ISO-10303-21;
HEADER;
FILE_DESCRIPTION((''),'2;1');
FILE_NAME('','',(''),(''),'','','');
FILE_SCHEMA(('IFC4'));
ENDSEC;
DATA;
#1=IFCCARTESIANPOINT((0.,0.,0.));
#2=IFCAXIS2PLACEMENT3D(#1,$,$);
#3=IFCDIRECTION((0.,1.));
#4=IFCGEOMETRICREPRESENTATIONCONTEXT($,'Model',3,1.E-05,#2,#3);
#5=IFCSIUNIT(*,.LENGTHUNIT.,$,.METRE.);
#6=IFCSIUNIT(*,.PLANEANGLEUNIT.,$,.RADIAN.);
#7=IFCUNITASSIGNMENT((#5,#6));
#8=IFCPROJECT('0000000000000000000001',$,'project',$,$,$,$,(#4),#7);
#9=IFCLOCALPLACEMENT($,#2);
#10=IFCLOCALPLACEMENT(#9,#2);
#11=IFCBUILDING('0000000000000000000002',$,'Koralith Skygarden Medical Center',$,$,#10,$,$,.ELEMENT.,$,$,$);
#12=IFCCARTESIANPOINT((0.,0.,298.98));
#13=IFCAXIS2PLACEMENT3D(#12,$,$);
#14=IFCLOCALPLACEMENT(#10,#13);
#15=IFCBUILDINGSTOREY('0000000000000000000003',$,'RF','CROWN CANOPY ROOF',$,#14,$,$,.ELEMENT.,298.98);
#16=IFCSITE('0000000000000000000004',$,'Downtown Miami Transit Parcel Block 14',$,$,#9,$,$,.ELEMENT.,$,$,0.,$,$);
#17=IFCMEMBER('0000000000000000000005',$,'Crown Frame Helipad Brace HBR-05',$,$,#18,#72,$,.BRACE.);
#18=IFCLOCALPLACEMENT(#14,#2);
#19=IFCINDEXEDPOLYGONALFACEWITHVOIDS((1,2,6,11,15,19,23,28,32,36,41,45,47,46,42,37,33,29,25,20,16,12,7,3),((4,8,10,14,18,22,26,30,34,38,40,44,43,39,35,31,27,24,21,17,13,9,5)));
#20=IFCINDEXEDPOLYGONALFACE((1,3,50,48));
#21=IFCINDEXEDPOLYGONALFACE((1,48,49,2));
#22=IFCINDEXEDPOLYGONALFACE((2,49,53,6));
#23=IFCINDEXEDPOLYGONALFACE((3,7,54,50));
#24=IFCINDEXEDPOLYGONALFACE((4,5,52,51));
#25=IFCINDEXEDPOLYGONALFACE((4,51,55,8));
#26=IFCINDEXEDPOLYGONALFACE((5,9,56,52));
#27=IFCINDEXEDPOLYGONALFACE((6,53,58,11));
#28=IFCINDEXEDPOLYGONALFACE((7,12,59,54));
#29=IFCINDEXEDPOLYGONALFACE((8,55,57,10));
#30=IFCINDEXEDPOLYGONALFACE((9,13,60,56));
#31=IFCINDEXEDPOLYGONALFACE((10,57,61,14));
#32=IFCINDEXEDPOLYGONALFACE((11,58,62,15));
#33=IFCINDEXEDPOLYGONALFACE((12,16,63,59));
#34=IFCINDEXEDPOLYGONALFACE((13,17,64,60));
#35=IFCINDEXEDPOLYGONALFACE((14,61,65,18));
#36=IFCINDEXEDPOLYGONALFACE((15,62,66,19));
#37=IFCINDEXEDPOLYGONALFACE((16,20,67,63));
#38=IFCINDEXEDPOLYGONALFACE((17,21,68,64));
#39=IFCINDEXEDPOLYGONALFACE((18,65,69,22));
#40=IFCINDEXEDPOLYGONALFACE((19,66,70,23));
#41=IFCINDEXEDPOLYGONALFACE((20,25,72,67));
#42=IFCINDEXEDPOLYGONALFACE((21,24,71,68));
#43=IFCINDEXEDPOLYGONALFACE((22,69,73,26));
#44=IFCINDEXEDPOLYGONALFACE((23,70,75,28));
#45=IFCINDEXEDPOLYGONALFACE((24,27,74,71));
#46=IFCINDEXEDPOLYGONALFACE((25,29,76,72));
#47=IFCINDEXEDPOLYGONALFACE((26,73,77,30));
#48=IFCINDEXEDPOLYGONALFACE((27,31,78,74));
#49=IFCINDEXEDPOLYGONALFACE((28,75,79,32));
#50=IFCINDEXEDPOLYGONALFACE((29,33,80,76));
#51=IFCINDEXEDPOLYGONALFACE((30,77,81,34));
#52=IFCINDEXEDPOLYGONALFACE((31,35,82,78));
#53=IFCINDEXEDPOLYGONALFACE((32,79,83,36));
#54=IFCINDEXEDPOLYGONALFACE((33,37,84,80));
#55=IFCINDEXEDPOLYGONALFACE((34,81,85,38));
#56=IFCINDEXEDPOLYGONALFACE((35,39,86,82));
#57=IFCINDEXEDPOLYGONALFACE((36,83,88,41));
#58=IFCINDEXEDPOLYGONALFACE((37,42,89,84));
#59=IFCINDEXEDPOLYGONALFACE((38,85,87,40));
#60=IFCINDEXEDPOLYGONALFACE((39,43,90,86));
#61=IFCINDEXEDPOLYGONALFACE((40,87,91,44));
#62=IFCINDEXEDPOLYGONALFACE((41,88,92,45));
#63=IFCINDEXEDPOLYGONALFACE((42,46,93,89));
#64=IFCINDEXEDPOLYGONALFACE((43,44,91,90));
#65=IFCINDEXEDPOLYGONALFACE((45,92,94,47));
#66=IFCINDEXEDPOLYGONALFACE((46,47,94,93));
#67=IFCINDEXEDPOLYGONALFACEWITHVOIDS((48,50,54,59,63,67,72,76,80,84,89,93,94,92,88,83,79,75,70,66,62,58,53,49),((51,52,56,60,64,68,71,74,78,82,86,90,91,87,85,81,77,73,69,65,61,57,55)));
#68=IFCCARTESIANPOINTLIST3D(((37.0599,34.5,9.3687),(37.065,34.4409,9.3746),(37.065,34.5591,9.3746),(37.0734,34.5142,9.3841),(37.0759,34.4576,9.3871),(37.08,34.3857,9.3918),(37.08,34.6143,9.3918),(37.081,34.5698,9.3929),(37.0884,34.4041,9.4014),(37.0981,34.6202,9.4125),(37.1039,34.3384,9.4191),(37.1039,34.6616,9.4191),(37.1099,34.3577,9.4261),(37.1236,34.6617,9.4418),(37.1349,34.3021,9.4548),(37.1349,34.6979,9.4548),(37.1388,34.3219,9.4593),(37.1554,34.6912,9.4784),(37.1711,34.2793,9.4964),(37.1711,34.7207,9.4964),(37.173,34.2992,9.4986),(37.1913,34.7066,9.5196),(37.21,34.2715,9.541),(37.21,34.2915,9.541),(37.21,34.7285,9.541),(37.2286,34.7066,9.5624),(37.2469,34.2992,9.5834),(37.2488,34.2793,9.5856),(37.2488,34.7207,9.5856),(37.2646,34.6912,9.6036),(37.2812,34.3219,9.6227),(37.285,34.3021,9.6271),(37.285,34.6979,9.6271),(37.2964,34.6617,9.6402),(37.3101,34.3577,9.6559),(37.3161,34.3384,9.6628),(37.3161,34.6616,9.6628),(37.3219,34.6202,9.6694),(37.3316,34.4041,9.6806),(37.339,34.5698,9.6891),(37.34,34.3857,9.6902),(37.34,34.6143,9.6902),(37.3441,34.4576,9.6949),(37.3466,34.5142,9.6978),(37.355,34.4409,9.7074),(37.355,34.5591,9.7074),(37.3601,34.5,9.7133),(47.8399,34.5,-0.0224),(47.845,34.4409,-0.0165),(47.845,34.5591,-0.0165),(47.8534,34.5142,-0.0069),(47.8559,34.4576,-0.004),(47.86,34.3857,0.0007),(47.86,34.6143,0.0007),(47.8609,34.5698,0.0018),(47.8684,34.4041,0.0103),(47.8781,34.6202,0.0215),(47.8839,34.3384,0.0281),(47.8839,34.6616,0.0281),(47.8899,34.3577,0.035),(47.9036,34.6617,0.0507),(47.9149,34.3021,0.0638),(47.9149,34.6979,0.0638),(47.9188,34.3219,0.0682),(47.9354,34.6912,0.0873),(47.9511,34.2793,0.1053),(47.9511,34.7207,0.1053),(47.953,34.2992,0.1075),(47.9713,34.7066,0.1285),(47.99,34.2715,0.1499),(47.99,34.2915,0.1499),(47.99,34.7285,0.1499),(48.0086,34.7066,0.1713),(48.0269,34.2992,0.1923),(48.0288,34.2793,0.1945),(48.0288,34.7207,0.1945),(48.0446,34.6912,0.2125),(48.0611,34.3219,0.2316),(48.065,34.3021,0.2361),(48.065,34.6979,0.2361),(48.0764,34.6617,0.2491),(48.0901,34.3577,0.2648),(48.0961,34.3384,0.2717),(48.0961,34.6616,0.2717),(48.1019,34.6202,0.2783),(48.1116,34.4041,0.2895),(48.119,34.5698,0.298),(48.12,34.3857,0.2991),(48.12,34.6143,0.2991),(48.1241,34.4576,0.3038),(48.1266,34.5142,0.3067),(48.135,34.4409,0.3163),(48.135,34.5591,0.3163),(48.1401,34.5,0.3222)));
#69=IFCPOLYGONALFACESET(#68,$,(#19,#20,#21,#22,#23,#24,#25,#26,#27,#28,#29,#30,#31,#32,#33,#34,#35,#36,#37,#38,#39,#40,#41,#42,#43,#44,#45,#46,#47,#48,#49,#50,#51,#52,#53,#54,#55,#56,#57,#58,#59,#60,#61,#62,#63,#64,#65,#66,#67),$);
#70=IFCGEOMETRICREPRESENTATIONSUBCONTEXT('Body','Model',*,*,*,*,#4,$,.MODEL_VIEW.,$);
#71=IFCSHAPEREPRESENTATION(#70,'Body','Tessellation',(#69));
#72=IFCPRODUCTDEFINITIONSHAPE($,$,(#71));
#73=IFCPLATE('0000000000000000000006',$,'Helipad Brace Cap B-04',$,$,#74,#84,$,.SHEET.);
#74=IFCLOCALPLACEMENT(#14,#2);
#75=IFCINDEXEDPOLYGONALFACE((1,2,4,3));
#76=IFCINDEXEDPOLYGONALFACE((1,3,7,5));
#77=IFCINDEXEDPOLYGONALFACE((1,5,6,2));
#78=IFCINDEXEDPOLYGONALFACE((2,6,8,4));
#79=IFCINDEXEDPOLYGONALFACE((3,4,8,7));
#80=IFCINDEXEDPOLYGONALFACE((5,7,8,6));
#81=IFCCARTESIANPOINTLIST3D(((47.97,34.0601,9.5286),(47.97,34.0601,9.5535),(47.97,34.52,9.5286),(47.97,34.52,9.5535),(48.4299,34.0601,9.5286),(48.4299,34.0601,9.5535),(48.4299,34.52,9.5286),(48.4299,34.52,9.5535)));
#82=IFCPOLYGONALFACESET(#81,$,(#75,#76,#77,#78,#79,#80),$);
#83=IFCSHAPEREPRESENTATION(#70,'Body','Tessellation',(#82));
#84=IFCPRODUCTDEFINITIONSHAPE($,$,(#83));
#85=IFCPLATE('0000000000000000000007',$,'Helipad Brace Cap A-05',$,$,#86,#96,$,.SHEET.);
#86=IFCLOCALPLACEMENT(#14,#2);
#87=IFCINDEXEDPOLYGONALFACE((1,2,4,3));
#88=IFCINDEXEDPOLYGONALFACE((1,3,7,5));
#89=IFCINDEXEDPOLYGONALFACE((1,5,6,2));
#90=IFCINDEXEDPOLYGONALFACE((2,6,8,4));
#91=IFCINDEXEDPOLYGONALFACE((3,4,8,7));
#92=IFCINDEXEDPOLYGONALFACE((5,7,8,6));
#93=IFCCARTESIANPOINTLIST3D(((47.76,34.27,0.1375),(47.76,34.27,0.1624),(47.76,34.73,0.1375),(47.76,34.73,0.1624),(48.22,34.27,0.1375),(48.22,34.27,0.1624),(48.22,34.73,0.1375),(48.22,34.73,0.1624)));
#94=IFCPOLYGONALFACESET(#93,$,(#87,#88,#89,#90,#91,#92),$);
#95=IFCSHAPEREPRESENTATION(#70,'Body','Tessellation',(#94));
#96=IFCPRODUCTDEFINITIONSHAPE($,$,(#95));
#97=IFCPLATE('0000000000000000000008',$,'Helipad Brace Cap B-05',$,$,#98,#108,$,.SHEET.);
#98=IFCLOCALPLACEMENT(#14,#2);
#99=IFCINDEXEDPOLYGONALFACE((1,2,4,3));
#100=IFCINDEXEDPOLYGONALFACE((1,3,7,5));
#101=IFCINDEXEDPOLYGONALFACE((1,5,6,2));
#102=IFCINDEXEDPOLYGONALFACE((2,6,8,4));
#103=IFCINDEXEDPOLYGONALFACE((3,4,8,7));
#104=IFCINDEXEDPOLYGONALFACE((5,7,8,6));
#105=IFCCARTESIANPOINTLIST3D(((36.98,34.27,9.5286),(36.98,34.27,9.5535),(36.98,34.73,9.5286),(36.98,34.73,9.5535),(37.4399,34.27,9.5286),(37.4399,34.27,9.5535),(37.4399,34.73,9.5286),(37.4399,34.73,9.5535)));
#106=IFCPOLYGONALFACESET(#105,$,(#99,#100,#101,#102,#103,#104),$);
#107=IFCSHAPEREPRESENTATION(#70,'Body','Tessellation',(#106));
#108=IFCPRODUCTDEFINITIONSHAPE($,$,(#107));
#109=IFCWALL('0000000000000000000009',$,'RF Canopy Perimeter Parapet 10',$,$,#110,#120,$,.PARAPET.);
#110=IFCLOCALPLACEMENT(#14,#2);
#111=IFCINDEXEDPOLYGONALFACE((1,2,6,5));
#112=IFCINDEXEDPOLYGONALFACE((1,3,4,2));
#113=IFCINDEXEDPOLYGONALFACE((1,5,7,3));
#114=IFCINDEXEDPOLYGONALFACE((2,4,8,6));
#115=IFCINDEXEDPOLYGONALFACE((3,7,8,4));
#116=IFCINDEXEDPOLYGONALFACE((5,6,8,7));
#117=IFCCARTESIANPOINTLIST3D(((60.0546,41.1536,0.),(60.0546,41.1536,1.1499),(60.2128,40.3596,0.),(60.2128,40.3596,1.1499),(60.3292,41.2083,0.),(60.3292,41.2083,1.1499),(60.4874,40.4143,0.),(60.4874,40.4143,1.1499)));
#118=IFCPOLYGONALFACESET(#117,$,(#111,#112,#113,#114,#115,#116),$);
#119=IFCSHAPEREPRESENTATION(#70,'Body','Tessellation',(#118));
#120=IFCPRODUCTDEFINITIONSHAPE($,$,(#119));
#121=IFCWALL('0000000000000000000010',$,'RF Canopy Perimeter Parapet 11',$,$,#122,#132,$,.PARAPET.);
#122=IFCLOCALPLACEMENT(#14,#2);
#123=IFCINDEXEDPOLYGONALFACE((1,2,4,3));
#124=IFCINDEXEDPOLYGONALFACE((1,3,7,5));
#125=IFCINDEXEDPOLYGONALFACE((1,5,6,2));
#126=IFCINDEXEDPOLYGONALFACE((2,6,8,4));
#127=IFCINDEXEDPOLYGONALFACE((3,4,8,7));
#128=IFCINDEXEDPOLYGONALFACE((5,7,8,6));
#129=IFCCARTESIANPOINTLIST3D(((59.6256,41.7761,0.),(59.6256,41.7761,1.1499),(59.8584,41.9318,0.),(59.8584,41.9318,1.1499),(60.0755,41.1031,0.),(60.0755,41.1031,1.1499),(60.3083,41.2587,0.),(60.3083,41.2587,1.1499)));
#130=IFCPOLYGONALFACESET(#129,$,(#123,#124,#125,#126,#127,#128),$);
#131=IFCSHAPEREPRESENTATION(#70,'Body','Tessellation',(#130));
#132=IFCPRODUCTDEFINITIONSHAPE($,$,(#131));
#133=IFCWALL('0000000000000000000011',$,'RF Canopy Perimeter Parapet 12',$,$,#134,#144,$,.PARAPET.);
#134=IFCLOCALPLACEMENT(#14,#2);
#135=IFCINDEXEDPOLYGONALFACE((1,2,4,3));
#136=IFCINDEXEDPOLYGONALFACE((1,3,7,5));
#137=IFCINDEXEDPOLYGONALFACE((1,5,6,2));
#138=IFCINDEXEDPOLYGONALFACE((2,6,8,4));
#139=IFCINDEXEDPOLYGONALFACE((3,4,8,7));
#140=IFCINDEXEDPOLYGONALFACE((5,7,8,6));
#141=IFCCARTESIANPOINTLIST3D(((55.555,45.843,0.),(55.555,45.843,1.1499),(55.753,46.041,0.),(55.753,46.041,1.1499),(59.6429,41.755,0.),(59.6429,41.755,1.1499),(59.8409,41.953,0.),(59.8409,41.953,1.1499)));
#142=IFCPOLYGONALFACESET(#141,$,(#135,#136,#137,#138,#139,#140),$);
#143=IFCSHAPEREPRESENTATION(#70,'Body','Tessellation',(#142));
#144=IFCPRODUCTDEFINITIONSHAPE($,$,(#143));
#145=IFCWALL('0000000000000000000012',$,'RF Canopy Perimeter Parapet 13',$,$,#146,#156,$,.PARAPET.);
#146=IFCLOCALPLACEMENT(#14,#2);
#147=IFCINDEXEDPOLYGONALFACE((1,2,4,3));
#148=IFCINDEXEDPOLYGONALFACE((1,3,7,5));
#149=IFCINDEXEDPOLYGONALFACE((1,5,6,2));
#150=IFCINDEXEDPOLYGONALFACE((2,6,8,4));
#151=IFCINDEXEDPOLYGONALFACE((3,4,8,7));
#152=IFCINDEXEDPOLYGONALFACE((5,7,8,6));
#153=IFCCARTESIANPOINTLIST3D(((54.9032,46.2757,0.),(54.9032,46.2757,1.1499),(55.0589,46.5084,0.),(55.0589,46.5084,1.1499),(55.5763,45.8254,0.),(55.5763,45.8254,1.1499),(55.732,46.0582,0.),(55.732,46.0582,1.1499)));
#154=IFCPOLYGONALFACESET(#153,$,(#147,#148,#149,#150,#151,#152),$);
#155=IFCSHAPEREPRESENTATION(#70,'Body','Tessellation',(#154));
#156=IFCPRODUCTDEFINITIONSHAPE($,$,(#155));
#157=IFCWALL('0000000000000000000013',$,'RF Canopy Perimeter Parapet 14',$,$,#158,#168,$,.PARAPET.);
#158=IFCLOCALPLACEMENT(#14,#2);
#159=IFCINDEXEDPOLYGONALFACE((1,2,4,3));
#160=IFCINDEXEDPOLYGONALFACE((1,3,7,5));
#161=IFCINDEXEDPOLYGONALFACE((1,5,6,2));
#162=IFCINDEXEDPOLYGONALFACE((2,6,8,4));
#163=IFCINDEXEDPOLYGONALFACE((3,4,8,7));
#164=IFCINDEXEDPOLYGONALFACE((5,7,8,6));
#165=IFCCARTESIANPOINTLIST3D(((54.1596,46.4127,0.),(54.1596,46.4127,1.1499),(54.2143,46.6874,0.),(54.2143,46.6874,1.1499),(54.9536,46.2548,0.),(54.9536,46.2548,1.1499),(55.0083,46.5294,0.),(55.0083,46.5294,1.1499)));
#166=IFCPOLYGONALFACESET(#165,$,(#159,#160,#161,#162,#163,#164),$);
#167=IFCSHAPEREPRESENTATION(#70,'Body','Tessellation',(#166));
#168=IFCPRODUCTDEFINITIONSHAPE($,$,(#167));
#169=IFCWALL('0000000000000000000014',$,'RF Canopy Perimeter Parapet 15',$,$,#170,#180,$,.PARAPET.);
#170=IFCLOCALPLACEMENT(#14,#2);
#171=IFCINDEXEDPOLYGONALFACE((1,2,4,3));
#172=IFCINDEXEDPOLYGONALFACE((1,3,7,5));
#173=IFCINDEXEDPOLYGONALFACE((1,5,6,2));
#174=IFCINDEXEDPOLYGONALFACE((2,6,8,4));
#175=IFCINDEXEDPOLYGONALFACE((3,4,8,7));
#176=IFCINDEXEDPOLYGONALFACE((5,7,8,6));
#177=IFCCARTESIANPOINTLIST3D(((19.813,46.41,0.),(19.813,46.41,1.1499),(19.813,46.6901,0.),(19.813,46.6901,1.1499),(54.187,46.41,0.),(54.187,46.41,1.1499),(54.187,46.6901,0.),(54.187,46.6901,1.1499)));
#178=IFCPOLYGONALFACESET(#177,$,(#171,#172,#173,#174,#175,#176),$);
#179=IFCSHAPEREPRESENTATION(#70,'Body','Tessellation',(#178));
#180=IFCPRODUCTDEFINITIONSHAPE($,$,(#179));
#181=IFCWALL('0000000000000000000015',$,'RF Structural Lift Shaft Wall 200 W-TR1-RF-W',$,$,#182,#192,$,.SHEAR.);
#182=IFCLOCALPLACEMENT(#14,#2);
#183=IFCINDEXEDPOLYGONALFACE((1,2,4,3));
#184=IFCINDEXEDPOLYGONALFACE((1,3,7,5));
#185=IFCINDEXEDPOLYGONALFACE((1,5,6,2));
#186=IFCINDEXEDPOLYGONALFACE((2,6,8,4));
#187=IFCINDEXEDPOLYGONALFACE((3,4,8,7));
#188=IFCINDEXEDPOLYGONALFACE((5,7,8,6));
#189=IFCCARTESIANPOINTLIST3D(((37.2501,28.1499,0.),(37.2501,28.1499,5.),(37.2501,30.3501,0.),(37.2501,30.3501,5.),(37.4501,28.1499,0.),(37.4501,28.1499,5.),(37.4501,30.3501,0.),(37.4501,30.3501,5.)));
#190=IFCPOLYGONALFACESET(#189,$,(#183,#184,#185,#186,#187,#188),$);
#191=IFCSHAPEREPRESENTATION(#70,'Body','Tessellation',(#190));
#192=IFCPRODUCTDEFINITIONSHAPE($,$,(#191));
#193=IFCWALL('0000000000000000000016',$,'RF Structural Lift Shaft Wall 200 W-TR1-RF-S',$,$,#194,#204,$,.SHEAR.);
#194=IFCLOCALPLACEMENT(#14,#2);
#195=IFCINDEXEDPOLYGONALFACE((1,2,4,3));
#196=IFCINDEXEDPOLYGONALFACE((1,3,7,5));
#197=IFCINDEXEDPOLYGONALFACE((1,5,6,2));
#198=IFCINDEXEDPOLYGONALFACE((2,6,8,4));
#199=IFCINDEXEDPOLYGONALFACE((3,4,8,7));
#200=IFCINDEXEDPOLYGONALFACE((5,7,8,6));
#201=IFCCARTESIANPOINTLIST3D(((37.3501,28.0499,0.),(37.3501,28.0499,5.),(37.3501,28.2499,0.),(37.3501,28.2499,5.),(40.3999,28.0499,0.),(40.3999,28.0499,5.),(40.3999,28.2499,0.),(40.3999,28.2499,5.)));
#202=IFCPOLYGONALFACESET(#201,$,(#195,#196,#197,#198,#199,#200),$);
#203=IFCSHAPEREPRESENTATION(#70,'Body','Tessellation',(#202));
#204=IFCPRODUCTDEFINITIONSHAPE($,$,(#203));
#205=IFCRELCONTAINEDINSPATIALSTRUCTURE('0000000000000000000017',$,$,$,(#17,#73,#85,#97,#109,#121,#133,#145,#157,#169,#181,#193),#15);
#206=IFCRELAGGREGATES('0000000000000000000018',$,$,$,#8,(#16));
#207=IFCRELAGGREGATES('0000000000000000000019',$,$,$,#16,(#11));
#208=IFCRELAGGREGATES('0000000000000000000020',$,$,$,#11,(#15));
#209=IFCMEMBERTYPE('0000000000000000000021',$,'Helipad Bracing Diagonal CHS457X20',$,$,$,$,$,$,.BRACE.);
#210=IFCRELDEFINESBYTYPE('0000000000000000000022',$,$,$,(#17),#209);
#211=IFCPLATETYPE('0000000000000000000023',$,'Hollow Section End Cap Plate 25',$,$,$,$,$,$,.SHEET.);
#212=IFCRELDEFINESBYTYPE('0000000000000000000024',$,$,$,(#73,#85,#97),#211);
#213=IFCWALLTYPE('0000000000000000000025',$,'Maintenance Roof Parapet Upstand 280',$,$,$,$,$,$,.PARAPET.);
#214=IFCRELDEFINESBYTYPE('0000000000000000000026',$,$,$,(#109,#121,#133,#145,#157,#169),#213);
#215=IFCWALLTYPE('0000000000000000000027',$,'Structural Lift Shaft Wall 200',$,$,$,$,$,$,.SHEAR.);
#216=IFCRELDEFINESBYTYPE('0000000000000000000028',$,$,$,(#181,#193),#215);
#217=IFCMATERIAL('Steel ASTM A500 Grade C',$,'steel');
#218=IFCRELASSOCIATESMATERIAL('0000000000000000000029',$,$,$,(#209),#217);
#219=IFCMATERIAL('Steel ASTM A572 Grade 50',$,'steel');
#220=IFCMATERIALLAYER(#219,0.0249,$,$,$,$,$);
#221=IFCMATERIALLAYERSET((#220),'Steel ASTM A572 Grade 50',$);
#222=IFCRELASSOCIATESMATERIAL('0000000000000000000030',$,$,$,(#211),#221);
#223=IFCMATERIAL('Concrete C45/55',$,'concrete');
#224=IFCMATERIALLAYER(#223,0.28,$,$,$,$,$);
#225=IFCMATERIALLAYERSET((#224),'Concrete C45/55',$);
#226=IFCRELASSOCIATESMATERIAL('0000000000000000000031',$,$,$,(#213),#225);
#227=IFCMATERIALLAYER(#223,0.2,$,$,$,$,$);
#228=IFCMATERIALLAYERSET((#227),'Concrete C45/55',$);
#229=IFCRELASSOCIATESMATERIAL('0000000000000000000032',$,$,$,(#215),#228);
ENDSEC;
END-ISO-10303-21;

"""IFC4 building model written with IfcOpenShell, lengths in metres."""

from ifc_helpers import new_model, si_unit, direction, frame, frame_2d, origin, origin_2d, place, context, subcontext, project, spatial, rectangle, hollow_circle, extrude, material, layer, layer_set, material_profile, profile_set, type_object, element, save


model = new_model("IFC4")

# Units and contexts
model_context = context("Model", 3, precision=1e-05, world=origin(), true_north=direction((0.0, 1.0)))
body_context = subcontext(model_context, "Body", "Model", "MODEL_VIEW")
ifc_project = project(units=[si_unit("LENGTHUNIT", "METRE"), si_unit("PLANEANGLEUNIT", "RADIAN")], contexts=[model_context])

# Site, building, storey
site_placement = place(None, origin())
site = spatial("IfcSite", under=ifc_project, at=site_placement, Name="Downtown Miami Transit Parcel Block 14", CompositionType="ELEMENT", RefElevation=0.0)
building_placement = place(site_placement, origin())
building = spatial("IfcBuilding", under=site, at=building_placement, Name="Koralith Skygarden Medical Center", CompositionType="ELEMENT")
storey_placement = place(building_placement, frame((0.0, 0.0, 298.98)))
storey = spatial("IfcBuildingStorey", under=building, at=storey_placement, Name="RF", Description="CROWN CANOPY ROOF", CompositionType="ELEMENT", Elevation=298.98)

# Member
ifc_material_1 = material(Name="Steel ASTM A500 Grade C", Category="steel")
ifc_material_profile_1 = material_profile(ifc_material_1, hollow_circle(Radius=0.2285, WallThickness=0.02, at=origin_2d()), Name="CHS457X20")
ifc_profile_set_1 = profile_set([ifc_material_profile_1], Name="Steel ASTM A500 Grade C")
member_type_1 = type_object("IfcMemberType", Name="Helipad Bracing Diagonal CHS457X20", PredefinedType="BRACE", material=ifc_profile_set_1)
member_placement = place(storey_placement, frame((47.99, 34.5, 0.1499), z_axis=(-0.75401, 0.0, 0.656862), x_axis=(0.0, -1.0, 0.0)))
element("IfcMember", 1, at=member_placement, inside=storey, type_object=member_type_1, Name="Crown Frame Helipad Brace HBR-05", PredefinedType="BRACE", context=body_context, shape_type="SweptSolid", body=[
    extrude(hollow_circle(Radius=0.2285, WallThickness=0.02, at=origin_2d()), origin(), (0.0, 0.0, 1.0), 14.2969),
])

# Plates
ifc_material_2 = material(Name="Steel ASTM A572 Grade 50", Category="steel")
ifc_layer_1 = layer(ifc_material_2, 0.0249)
ifc_layer_set_1 = layer_set([ifc_layer_1], Name="Steel ASTM A572 Grade 50")
plate_type = type_object("IfcPlateType", Name="Hollow Section End Cap Plate 25", PredefinedType="SHEET", material=ifc_layer_set_1)
for number, where, z_axis, x_axis, name in (
    (2, (48.2, 34.29, 9.5286), (0.0, 0.0, 1.0), (1.0, 0.0, 0.0), "Helipad Brace Cap B-04"),
    (3, (47.99, 34.5, 0.1375), (0.0, 0.0, 1.0), (1.0, 0.0, 0.0), "Helipad Brace Cap A-05"),
    (4, (37.21, 34.5, 9.5286), (0.0, 0.0, 1.0), (1.0, 0.0, 0.0), "Helipad Brace Cap B-05"),
):
    element("IfcPlate", number, at=place(storey_placement, frame(where, z_axis=z_axis, x_axis=x_axis)), inside=storey, type_object=plate_type, Name=name, PredefinedType="SHEET", context=body_context, shape_type="SweptSolid", body=[
        extrude(rectangle(XDim=0.46, YDim=0.46, at=origin_2d()), origin(), (0.0, 0.0, 1.0), 0.0249),
    ])

# Walls
ifc_material_3 = material(Name="Concrete C45/55", Category="concrete")
ifc_layer_2 = layer(ifc_material_3, 0.28)
ifc_layer_set_2 = layer_set([ifc_layer_2], Name="Concrete C45/55")
wall_type_1 = type_object("IfcWallType", Name="Maintenance Roof Parapet Upstand 280", PredefinedType="PARAPET", material=ifc_layer_set_2)
for number, where, z_axis, x_axis, name in (
    (5, (60.3501, 40.387, 0.0), (0.0, 0.0, 1.0), (-0.19542, 0.98072, 0.0), "RF Canopy Perimeter Parapet 10"),
    (6, (60.1919, 41.1809, 0.0), (0.0, 0.0, 1.0), (-0.555744, 0.831354, 0.0), "RF Canopy Perimeter Parapet 11"),
):
    element("IfcWall", number, at=place(storey_placement, frame(where, z_axis=z_axis, x_axis=x_axis)), inside=storey, type_object=wall_type_1, Name=name, PredefinedType="PARAPET", context=body_context, shape_type="SweptSolid", body=[
        extrude(rectangle(XDim=0.8096, YDim=0.28, at=frame_2d((0.4048, 0.0))), origin(), (0.0, 0.0, 1.0), 1.1499),
    ])
wall_1_placement = place(storey_placement, frame((59.7419, 41.854, 0.0), z_axis=(0.0, 0.0, 1.0), x_axis=(-0.707107, 0.707107, 0.0)))
element("IfcWall", 7, at=wall_1_placement, inside=storey, type_object=wall_type_1, Name="RF Canopy Perimeter Parapet 12", PredefinedType="PARAPET", context=body_context, shape_type="SweptSolid", body=[
    extrude(rectangle(XDim=5.7812, YDim=0.28, at=frame_2d((2.8906, 0.0))), origin(), (0.0, 0.0, 1.0), 1.1499),
])
wall_2_placement = place(storey_placement, frame((55.6541, 45.9419, 0.0), z_axis=(0.0, 0.0, 1.0), x_axis=(-0.831214, 0.555952, 0.0)))
element("IfcWall", 8, at=wall_2_placement, inside=storey, type_object=wall_type_1, Name="RF Canopy Perimeter Parapet 13", PredefinedType="PARAPET", context=body_context, shape_type="SweptSolid", body=[
    extrude(rectangle(XDim=0.8098, YDim=0.28, at=frame_2d((0.4048, 0.0))), origin(), (0.0, 0.0, 1.0), 1.1499),
])
wall_3_placement = place(storey_placement, frame((54.981, 46.3921, 0.0), z_axis=(0.0, 0.0, 1.0), x_axis=(-0.980777, 0.19513, 0.0)))
element("IfcWall", 9, at=wall_3_placement, inside=storey, type_object=wall_type_1, Name="RF Canopy Perimeter Parapet 14", PredefinedType="PARAPET", context=body_context, shape_type="SweptSolid", body=[
    extrude(rectangle(XDim=0.8096, YDim=0.28, at=frame_2d((0.4048, 0.0))), origin(), (0.0, 0.0, 1.0), 1.1499),
])
wall_4_placement = place(storey_placement, frame((54.187, 46.55, 0.0), z_axis=(0.0, 0.0, 1.0), x_axis=(-1.0, 0.0, 0.0)))
element("IfcWall", 10, at=wall_4_placement, inside=storey, type_object=wall_type_1, Name="RF Canopy Perimeter Parapet 15", PredefinedType="PARAPET", context=body_context, shape_type="SweptSolid", body=[
    extrude(rectangle(XDim=34.374, YDim=0.28, at=frame_2d((17.187, 0.0))), origin(), (0.0, 0.0, 1.0), 1.1499),
])
ifc_layer_3 = layer(ifc_material_3, 0.2)
ifc_layer_set_3 = layer_set([ifc_layer_3], Name="Concrete C45/55")
wall_type_2 = type_object("IfcWallType", Name="Structural Lift Shaft Wall 200", PredefinedType="SHEAR", material=ifc_layer_set_3)
wall_5_placement = place(storey_placement, frame((37.3501, 28.1499, 0.0), z_axis=(0.0, 0.0, 1.0), x_axis=(0.0, 1.0, 0.0)))
element("IfcWall", 11, at=wall_5_placement, inside=storey, type_object=wall_type_2, Name="RF Structural Lift Shaft Wall 200 W-TR1-RF-W", PredefinedType="SHEAR", context=body_context, shape_type="SweptSolid", body=[
    extrude(rectangle(XDim=2.2002, YDim=0.2, at=frame_2d((1.1001, 0.0))), origin(), (0.0, 0.0, 1.0), 5.0),
])
for number, where, z_axis, x_axis, name in (
    (12, (37.3501, 28.1499, 0.0), (0.0, 0.0, 1.0), (1.0, 0.0, 0.0), "RF Structural Lift Shaft Wall 200 W-TR1-RF-S"),
):
    element("IfcWall", number, at=place(storey_placement, frame(where, z_axis=z_axis, x_axis=x_axis)), inside=storey, type_object=wall_type_2, Name=name, PredefinedType="SHEAR", context=body_context, shape_type="SweptSolid", body=[
        extrude(rectangle(XDim=3.0498, YDim=0.2, at=frame_2d((1.5249, 0.0))), origin(), (0.0, 0.0, 1.0), 5.0),
    ])

save(model, "model.ifc")
